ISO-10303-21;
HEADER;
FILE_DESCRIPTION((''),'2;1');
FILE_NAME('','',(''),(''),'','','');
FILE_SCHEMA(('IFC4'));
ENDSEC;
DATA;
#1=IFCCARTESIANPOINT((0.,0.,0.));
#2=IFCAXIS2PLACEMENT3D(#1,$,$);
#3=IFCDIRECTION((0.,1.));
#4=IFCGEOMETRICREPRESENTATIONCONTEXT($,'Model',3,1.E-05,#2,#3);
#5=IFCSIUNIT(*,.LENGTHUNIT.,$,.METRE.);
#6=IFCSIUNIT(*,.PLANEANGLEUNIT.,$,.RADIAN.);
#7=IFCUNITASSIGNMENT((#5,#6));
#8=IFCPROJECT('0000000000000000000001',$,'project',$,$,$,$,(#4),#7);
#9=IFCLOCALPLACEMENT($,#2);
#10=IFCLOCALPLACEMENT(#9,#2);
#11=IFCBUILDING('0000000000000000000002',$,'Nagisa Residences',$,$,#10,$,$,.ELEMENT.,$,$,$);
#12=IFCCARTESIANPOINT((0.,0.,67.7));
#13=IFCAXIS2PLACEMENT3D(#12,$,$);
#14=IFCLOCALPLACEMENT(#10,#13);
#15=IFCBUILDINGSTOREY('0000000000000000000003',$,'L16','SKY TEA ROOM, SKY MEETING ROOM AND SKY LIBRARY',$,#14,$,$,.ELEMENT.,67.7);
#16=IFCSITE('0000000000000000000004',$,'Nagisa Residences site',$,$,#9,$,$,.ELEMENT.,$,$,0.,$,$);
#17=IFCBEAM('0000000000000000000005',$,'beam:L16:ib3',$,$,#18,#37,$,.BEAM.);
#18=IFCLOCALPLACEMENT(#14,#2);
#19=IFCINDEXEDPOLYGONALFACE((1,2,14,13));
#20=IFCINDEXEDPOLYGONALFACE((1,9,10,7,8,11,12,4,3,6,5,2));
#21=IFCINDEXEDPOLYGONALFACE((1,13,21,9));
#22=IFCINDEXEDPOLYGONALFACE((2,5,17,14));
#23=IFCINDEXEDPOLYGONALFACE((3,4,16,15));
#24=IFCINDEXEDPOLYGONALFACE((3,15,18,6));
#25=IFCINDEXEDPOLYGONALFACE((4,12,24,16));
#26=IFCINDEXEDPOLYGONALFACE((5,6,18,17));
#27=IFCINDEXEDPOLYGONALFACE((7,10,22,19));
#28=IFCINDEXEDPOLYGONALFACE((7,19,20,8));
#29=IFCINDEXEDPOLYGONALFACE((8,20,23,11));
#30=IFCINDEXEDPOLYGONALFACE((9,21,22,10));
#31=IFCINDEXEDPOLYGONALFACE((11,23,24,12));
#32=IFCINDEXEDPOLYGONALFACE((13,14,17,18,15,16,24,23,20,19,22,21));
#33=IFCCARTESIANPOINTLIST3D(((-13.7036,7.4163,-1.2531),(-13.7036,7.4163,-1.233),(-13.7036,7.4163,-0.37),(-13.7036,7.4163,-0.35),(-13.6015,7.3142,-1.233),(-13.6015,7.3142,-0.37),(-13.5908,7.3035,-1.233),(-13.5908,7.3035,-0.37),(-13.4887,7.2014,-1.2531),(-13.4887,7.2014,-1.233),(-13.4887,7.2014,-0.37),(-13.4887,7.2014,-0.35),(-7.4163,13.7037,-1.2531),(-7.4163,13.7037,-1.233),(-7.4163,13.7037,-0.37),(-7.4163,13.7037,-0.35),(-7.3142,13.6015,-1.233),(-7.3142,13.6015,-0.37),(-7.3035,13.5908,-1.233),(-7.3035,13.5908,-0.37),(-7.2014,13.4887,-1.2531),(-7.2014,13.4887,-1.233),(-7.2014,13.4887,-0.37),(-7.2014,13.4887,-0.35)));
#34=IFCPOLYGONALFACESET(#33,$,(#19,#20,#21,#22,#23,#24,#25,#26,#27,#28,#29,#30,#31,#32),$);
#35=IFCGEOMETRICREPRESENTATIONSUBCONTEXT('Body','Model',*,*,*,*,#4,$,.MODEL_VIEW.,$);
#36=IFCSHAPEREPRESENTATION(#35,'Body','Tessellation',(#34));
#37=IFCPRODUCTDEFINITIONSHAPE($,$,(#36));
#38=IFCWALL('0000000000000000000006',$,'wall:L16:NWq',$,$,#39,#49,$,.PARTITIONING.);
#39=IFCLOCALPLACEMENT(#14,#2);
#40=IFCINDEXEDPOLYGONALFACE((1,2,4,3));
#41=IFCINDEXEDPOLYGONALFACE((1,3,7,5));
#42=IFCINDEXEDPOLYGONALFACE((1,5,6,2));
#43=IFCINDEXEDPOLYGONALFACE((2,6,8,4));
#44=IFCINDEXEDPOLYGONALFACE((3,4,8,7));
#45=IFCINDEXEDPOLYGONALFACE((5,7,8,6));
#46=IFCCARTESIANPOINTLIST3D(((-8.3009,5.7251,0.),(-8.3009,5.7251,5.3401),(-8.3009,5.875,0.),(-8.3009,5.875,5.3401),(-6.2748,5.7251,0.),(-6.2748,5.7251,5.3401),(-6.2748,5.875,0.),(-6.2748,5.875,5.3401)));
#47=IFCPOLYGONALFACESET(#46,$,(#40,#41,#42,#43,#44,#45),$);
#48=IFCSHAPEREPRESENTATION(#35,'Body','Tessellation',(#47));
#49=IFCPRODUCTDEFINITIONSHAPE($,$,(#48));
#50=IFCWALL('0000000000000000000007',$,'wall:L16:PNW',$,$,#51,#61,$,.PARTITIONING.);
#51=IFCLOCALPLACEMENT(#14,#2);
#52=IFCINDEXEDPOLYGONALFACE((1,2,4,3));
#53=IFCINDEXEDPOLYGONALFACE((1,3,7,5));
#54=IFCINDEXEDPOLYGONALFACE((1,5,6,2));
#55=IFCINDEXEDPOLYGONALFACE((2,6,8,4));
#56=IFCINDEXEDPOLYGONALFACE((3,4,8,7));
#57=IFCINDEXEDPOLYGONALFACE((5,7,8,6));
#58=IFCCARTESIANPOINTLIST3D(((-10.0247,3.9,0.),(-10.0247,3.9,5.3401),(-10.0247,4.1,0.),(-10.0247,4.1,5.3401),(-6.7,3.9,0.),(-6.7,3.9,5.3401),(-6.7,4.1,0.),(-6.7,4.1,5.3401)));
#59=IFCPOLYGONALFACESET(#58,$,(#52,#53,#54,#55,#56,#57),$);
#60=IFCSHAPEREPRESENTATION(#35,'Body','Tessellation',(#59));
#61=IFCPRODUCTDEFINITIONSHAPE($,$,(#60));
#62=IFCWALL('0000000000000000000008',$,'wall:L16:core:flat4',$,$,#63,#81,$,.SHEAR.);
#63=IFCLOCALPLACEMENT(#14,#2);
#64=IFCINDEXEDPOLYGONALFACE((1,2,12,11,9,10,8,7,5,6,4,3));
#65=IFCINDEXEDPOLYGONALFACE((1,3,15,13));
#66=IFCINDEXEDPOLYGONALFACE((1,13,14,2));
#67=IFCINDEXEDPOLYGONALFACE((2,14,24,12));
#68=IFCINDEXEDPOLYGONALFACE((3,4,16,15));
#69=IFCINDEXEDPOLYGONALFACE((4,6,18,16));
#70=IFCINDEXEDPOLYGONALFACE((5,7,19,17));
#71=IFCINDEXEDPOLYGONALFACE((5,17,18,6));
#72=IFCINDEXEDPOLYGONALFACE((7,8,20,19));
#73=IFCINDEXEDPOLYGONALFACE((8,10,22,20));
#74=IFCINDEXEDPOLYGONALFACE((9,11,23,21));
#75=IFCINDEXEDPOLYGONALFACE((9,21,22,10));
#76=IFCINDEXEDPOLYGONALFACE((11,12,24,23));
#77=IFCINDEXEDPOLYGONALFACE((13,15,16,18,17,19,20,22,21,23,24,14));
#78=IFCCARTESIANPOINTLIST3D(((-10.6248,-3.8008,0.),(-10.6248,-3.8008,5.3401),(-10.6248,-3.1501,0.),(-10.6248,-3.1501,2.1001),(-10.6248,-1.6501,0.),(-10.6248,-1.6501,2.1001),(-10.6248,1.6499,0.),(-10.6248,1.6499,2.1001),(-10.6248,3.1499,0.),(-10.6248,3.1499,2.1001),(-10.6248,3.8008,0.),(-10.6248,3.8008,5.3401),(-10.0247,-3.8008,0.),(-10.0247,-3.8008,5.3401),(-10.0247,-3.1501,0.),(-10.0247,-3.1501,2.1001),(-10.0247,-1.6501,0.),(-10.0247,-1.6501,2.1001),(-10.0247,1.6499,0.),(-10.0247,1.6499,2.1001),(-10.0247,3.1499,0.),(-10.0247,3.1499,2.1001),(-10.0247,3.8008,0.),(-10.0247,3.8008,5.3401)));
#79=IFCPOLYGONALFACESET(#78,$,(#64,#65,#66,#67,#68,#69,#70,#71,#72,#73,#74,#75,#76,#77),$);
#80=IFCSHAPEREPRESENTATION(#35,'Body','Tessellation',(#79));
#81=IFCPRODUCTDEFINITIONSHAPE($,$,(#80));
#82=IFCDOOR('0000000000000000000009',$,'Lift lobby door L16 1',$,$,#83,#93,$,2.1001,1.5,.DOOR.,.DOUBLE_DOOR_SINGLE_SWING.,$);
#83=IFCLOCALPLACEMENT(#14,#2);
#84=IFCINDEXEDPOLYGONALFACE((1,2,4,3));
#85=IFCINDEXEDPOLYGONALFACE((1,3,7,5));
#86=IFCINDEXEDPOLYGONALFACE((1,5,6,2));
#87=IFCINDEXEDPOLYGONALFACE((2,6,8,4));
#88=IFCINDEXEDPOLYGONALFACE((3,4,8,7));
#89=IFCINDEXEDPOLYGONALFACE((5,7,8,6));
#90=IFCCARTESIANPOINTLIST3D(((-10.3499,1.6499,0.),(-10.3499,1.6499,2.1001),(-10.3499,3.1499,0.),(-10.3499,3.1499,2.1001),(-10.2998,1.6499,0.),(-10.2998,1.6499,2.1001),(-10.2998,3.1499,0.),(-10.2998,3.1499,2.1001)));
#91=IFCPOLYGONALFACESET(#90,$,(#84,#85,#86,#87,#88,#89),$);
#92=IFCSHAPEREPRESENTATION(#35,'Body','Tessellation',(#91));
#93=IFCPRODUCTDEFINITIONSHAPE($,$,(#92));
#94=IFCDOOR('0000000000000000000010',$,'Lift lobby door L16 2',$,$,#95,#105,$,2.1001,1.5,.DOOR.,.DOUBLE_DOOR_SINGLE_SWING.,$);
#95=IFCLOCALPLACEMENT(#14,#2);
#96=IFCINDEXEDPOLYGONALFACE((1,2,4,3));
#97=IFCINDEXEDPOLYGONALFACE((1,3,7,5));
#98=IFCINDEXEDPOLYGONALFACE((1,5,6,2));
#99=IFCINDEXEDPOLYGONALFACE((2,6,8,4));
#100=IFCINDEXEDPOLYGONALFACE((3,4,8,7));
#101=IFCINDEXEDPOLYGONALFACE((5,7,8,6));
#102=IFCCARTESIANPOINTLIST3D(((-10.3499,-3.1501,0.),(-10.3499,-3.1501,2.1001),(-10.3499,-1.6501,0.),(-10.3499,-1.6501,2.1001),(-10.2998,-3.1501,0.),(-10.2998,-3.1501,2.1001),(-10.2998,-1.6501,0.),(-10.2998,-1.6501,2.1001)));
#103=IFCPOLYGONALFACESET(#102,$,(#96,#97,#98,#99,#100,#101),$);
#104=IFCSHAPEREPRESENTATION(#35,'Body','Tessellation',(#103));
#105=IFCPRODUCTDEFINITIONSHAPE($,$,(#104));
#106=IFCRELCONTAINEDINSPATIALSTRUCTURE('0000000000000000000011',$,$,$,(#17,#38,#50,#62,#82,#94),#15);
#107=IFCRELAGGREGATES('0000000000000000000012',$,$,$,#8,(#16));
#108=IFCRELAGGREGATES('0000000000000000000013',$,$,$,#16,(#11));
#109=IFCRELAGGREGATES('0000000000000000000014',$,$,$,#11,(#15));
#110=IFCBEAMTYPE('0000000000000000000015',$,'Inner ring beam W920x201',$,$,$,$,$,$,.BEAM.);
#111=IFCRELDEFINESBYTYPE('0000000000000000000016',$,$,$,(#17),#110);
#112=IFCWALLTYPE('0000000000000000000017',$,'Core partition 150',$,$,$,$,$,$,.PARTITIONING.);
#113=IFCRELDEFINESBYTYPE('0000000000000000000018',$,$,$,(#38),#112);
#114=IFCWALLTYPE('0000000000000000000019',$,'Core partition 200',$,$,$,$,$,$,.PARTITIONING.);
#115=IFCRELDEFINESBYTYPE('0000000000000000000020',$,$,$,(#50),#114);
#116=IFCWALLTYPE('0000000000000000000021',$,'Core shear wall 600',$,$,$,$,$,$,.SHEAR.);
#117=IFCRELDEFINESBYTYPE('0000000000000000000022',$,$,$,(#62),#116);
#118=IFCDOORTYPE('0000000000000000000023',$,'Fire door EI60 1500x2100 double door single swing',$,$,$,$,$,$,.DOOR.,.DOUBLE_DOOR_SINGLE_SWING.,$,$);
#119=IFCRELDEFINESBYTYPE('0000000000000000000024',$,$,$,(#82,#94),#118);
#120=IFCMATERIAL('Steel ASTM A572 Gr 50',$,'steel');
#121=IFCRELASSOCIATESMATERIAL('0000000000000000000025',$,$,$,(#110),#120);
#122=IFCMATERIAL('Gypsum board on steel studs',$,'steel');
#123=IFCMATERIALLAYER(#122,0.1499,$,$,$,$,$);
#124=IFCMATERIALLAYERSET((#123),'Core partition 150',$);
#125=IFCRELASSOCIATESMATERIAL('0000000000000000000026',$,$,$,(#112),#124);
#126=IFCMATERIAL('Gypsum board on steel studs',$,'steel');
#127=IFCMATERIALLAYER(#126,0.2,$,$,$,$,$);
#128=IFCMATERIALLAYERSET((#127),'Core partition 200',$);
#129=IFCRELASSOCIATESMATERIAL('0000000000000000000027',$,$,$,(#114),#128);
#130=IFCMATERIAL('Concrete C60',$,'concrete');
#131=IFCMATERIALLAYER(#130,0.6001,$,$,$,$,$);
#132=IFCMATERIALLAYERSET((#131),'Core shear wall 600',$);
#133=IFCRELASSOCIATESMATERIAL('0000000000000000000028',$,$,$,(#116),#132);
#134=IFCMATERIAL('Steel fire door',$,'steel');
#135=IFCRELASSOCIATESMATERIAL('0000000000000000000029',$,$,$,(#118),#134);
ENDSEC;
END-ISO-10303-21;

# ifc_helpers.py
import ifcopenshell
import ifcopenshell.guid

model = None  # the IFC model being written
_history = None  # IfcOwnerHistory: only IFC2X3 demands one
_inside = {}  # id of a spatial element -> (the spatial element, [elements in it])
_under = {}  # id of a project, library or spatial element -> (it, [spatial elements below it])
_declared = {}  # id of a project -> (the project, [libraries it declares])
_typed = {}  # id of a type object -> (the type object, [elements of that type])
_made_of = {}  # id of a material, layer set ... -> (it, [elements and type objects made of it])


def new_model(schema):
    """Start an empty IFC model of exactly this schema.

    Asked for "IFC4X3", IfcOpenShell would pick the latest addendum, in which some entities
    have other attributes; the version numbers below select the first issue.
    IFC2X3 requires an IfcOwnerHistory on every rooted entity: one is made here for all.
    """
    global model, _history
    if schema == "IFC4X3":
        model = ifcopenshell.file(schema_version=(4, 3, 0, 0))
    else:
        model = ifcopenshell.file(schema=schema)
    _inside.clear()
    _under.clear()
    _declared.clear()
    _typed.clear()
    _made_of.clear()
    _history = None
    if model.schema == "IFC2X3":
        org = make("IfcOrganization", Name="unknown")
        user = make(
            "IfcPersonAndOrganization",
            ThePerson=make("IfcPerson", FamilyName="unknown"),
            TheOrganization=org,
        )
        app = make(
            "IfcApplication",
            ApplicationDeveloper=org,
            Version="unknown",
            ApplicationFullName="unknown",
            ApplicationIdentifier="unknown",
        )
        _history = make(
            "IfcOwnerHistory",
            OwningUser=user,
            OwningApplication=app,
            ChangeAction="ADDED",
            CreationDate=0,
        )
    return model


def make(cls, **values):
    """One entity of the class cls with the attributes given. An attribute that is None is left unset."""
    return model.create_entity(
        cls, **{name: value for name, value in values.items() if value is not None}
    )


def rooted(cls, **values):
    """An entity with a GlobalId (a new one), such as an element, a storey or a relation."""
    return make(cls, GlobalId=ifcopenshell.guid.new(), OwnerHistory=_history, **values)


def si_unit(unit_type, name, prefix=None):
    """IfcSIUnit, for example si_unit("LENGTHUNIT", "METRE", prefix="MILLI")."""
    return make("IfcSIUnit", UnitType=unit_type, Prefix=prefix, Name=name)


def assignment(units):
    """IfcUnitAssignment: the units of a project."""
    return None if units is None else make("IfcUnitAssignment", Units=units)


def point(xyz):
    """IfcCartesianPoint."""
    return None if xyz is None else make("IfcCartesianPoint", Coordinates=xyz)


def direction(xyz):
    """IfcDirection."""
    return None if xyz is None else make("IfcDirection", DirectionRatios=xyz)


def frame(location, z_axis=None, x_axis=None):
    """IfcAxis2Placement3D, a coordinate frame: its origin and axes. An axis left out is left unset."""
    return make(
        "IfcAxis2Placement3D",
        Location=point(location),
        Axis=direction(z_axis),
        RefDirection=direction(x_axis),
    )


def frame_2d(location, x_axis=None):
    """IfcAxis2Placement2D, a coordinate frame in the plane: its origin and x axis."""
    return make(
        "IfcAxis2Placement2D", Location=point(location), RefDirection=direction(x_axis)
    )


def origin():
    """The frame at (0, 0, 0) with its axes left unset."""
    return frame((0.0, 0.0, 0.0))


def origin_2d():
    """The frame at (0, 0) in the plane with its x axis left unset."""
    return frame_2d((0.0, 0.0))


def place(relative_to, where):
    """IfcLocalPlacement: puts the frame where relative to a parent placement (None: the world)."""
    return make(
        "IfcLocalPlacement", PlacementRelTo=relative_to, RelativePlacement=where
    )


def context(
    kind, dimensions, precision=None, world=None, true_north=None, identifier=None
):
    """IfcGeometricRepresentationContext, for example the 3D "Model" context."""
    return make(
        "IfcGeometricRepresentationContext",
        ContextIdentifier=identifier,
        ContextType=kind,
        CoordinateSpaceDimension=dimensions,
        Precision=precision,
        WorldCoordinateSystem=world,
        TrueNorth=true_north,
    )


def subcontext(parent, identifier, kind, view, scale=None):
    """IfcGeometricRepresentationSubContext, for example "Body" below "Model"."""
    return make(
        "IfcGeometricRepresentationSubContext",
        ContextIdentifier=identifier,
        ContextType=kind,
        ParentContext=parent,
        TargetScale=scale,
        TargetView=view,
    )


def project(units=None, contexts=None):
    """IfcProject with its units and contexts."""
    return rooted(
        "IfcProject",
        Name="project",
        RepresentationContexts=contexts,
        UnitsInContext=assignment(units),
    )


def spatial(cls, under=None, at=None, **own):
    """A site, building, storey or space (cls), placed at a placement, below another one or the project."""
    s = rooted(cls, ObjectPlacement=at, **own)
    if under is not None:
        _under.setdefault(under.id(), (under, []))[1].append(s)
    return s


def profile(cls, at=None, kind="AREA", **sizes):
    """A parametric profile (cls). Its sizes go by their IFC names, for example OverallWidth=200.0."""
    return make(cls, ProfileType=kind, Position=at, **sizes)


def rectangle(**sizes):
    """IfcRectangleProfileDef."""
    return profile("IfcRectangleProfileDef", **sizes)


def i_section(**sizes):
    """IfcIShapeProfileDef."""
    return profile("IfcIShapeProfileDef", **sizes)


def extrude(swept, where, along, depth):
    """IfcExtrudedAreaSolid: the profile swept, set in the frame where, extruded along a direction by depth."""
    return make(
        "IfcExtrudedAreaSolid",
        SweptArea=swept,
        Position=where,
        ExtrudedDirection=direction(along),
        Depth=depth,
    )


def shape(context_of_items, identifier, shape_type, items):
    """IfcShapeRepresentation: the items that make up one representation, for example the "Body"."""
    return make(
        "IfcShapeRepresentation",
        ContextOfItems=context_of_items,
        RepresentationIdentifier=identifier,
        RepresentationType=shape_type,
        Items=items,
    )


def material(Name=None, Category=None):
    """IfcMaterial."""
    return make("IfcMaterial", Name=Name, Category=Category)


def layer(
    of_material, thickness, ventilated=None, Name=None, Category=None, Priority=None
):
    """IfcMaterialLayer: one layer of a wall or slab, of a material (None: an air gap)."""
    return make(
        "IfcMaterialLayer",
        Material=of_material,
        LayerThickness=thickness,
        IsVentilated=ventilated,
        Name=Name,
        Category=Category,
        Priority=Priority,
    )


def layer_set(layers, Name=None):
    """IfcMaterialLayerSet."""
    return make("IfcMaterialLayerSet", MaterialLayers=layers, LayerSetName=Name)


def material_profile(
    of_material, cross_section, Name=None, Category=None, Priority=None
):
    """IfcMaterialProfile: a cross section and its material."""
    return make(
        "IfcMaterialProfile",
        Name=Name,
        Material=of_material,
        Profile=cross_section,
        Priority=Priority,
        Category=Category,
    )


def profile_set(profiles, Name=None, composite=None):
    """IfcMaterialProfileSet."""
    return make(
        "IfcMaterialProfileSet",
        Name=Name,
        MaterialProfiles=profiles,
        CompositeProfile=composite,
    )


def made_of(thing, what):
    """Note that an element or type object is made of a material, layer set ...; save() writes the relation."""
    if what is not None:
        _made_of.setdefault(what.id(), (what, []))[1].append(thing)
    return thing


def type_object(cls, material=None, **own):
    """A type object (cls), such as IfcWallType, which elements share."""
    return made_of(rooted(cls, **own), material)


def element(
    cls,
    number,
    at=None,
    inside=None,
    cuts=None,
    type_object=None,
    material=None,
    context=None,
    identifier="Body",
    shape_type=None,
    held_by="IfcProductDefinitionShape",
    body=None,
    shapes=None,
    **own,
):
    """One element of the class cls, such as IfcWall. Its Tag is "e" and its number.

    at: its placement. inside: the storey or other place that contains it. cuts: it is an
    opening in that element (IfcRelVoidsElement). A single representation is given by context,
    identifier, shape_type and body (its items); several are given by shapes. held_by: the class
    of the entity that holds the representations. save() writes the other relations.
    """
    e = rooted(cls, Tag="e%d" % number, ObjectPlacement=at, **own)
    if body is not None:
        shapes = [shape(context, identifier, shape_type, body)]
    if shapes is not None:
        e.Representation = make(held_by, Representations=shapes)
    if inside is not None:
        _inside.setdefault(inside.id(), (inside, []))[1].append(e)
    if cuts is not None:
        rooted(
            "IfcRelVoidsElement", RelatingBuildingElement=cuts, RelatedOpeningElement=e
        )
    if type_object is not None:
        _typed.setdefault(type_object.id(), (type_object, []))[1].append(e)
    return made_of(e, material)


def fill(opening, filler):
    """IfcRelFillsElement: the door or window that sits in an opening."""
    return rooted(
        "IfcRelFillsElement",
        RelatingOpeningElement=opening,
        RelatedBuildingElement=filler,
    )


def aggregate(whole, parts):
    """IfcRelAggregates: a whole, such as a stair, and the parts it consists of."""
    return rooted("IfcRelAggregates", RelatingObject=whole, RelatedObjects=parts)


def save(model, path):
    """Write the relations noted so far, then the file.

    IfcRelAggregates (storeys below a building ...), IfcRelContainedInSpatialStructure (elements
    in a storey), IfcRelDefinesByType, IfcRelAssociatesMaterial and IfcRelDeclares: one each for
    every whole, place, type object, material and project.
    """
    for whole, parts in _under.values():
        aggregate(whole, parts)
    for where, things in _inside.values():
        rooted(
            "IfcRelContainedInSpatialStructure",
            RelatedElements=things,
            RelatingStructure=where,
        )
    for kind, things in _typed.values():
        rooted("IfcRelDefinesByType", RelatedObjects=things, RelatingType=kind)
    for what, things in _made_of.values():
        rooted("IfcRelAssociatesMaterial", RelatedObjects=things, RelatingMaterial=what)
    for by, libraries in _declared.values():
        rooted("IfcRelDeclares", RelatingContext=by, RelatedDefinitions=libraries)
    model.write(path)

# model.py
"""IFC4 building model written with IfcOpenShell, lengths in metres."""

from ifc_helpers import new_model, si_unit, direction, frame, frame_2d, origin, origin_2d, place, context, subcontext, project, spatial, rectangle, i_section, extrude, material, layer, layer_set, material_profile, profile_set, type_object, element, fill, save


model = new_model("IFC4")

# Units and contexts
model_context = context("Model", 3, precision=1e-05, world=origin(), true_north=direction((0.0, 1.0)))
body_context = subcontext(model_context, "Body", "Model", "MODEL_VIEW")
ifc_project = project(units=[si_unit("LENGTHUNIT", "METRE"), si_unit("PLANEANGLEUNIT", "RADIAN")], contexts=[model_context])

# Site, building, storey
site_placement = place(None, origin())
site = spatial("IfcSite", under=ifc_project, at=site_placement, Name="Nagisa Residences site", CompositionType="ELEMENT", RefElevation=0.0)
building_placement = place(site_placement, origin())
building = spatial("IfcBuilding", under=site, at=building_placement, Name="Nagisa Residences", CompositionType="ELEMENT")
storey_placement = place(building_placement, frame((0.0, 0.0, 67.7)))
storey = spatial("IfcBuildingStorey", under=building, at=storey_placement, Name="L16", Description="SKY TEA ROOM, SKY MEETING ROOM AND SKY LIBRARY", CompositionType="ELEMENT", Elevation=67.7)

# Beam
ifc_material_1 = material(Name="Steel ASTM A572 Gr 50", Category="steel")
ifc_material_profile = material_profile(ifc_material_1, i_section(OverallWidth=0.304, OverallDepth=0.9031, WebThickness=0.0151, FlangeThickness=0.02, at=origin_2d()), Name="W920x201")
ifc_profile_set = profile_set([ifc_material_profile], Name="Steel ASTM A572 Gr 50")
beam_type = type_object("IfcBeamType", Name="Inner ring beam W920x201", PredefinedType="BEAM", material=ifc_profile_set)
beam_placement = place(storey_placement, frame((-7.3088, 13.5962, -0.8015), z_axis=(-0.707107, -0.707107, 0.0), x_axis=(0.707107, -0.707107, 0.0)))
element("IfcBeam", 1, at=beam_placement, inside=storey, type_object=beam_type, Name="beam:L16:ib3", PredefinedType="BEAM", context=body_context, shape_type="SweptSolid", body=[
    extrude(i_section(OverallWidth=0.304, OverallDepth=0.9031, WebThickness=0.0151, FlangeThickness=0.02, at=origin_2d()), origin(), (0.0, 0.0, 1.0), 8.8916),
])

# Walls
ifc_material_2 = material(Name="Gypsum board on steel studs", Category="steel")
ifc_layer_1 = layer(ifc_material_2, 0.1499)
ifc_layer_set_1 = layer_set([ifc_layer_1], Name="Core partition 150")
wall_type_1 = type_object("IfcWallType", Name="Core partition 150", PredefinedType="PARTITIONING", material=ifc_layer_set_1)
wall_1_placement = place(storey_placement, frame((-8.301, 5.8, 0.0), z_axis=(0.0, 0.0, 1.0), x_axis=(1.0, 0.0, 0.0)))
element("IfcWall", 2, at=wall_1_placement, inside=storey, type_object=wall_type_1, Name="wall:L16:NWq", PredefinedType="PARTITIONING", context=body_context, shape_type="SweptSolid", body=[
    extrude(rectangle(XDim=2.0261, YDim=0.1499, at=frame_2d((1.0132, 0.0))), origin(), (0.0, 0.0, 1.0), 5.3401),
])
ifc_material_3 = material(Name="Gypsum board on steel studs", Category="steel")
ifc_layer_2 = layer(ifc_material_3, 0.2)
ifc_layer_set_2 = layer_set([ifc_layer_2], Name="Core partition 200")
wall_type_2 = type_object("IfcWallType", Name="Core partition 200", PredefinedType="PARTITIONING", material=ifc_layer_set_2)
wall_2_placement = place(storey_placement, frame((-10.0247, 4.0, 0.0), z_axis=(0.0, 0.0, 1.0), x_axis=(1.0, 0.0, 0.0)))
element("IfcWall", 3, at=wall_2_placement, inside=storey, type_object=wall_type_2, Name="wall:L16:PNW", PredefinedType="PARTITIONING", context=body_context, shape_type="SweptSolid", body=[
    extrude(rectangle(XDim=3.3247, YDim=0.2, at=frame_2d((1.6624, 0.0))), origin(), (0.0, 0.0, 1.0), 5.3401),
])

# Wall, openings, doors
ifc_material_4 = material(Name="Concrete C60", Category="concrete")
ifc_layer_3 = layer(ifc_material_4, 0.6001)
ifc_layer_set_3 = layer_set([ifc_layer_3], Name="Core shear wall 600")
wall_type_3 = type_object("IfcWallType", Name="Core shear wall 600", PredefinedType="SHEAR", material=ifc_layer_set_3)
wall_3_placement = place(storey_placement, frame((-10.3247, 3.8008, 0.0), z_axis=(0.0, 0.0, 1.0), x_axis=(0.0, -1.0, 0.0)))
wall_3 = element("IfcWall", 4, at=wall_3_placement, inside=storey, type_object=wall_type_3, Name="wall:L16:core:flat4", PredefinedType="SHEAR", context=body_context, shape_type="SweptSolid", body=[
    extrude(rectangle(XDim=7.6016, YDim=0.6001, at=frame_2d((3.8008, 0.0))), origin(), (0.0, 0.0, 1.0), 5.3401),
])
opening_1_placement = place(wall_3_placement, frame((0.6509, 0.0, 0.0)))
opening_1 = element("IfcOpeningElement", 5, at=opening_1_placement, cuts=wall_3, PredefinedType="OPENING", context=body_context, shape_type="SweptSolid", body=[
    extrude(rectangle(XDim=1.5, YDim=2.1001, at=frame_2d((0.75, 1.05))), frame((0.0, 0.3101, 0.0), z_axis=(0.0, -1.0, 0.0), x_axis=(1.0, 0.0, 0.0)), (0.0, 0.0, 1.0), 0.6201),
])
opening_2_placement = place(wall_3_placement, frame((5.4509, 0.0, 0.0)))
opening_2 = element("IfcOpeningElement", 6, at=opening_2_placement, cuts=wall_3, PredefinedType="OPENING", context=body_context, shape_type="SweptSolid", body=[
    extrude(rectangle(XDim=1.5, YDim=2.1001, at=frame_2d((0.75, 1.05))), frame((0.0, 0.3101, 0.0), z_axis=(0.0, -1.0, 0.0), x_axis=(1.0, 0.0, 0.0)), (0.0, 0.0, 1.0), 0.6201),
])
ifc_material_5 = material(Name="Steel fire door", Category="steel")
door_type_1 = type_object("IfcDoorType", Name="Fire door EI60 1500x2100 double door single swing", OperationType="DOUBLE_DOOR_SINGLE_SWING", PredefinedType="DOOR", material=ifc_material_5)
door_1_placement = place(opening_1_placement, origin())
door_1 = element("IfcDoor", 7, at=door_1_placement, inside=storey, type_object=door_type_1, Name="Lift lobby door L16 1", OperationType="DOUBLE_DOOR_SINGLE_SWING", OverallHeight=2.1001, OverallWidth=1.5, PredefinedType="DOOR", context=body_context, shape_type="SweptSolid", body=[
    extrude(rectangle(XDim=1.5, YDim=2.1001, at=frame_2d((0.75, 1.05))), frame((0.0, 0.0249, 0.0), z_axis=(0.0, -1.0, 0.0), x_axis=(1.0, 0.0, 0.0)), (0.0, 0.0, 1.0), 0.05),
])
fill(opening_1, door_1)
door_2_placement = place(opening_2_placement, origin())
door_2 = element("IfcDoor", 8, at=door_2_placement, inside=storey, type_object=door_type_1, Name="Lift lobby door L16 2", OperationType="DOUBLE_DOOR_SINGLE_SWING", OverallHeight=2.1001, OverallWidth=1.5, PredefinedType="DOOR", context=body_context, shape_type="SweptSolid", body=[
    extrude(rectangle(XDim=1.5, YDim=2.1001, at=frame_2d((0.75, 1.05))), frame((0.0, 0.0249, 0.0), z_axis=(0.0, -1.0, 0.0), x_axis=(1.0, 0.0, 0.0)), (0.0, 0.0, 1.0), 0.05),
])
fill(opening_2, door_2)

save(model, "model.ifc")
